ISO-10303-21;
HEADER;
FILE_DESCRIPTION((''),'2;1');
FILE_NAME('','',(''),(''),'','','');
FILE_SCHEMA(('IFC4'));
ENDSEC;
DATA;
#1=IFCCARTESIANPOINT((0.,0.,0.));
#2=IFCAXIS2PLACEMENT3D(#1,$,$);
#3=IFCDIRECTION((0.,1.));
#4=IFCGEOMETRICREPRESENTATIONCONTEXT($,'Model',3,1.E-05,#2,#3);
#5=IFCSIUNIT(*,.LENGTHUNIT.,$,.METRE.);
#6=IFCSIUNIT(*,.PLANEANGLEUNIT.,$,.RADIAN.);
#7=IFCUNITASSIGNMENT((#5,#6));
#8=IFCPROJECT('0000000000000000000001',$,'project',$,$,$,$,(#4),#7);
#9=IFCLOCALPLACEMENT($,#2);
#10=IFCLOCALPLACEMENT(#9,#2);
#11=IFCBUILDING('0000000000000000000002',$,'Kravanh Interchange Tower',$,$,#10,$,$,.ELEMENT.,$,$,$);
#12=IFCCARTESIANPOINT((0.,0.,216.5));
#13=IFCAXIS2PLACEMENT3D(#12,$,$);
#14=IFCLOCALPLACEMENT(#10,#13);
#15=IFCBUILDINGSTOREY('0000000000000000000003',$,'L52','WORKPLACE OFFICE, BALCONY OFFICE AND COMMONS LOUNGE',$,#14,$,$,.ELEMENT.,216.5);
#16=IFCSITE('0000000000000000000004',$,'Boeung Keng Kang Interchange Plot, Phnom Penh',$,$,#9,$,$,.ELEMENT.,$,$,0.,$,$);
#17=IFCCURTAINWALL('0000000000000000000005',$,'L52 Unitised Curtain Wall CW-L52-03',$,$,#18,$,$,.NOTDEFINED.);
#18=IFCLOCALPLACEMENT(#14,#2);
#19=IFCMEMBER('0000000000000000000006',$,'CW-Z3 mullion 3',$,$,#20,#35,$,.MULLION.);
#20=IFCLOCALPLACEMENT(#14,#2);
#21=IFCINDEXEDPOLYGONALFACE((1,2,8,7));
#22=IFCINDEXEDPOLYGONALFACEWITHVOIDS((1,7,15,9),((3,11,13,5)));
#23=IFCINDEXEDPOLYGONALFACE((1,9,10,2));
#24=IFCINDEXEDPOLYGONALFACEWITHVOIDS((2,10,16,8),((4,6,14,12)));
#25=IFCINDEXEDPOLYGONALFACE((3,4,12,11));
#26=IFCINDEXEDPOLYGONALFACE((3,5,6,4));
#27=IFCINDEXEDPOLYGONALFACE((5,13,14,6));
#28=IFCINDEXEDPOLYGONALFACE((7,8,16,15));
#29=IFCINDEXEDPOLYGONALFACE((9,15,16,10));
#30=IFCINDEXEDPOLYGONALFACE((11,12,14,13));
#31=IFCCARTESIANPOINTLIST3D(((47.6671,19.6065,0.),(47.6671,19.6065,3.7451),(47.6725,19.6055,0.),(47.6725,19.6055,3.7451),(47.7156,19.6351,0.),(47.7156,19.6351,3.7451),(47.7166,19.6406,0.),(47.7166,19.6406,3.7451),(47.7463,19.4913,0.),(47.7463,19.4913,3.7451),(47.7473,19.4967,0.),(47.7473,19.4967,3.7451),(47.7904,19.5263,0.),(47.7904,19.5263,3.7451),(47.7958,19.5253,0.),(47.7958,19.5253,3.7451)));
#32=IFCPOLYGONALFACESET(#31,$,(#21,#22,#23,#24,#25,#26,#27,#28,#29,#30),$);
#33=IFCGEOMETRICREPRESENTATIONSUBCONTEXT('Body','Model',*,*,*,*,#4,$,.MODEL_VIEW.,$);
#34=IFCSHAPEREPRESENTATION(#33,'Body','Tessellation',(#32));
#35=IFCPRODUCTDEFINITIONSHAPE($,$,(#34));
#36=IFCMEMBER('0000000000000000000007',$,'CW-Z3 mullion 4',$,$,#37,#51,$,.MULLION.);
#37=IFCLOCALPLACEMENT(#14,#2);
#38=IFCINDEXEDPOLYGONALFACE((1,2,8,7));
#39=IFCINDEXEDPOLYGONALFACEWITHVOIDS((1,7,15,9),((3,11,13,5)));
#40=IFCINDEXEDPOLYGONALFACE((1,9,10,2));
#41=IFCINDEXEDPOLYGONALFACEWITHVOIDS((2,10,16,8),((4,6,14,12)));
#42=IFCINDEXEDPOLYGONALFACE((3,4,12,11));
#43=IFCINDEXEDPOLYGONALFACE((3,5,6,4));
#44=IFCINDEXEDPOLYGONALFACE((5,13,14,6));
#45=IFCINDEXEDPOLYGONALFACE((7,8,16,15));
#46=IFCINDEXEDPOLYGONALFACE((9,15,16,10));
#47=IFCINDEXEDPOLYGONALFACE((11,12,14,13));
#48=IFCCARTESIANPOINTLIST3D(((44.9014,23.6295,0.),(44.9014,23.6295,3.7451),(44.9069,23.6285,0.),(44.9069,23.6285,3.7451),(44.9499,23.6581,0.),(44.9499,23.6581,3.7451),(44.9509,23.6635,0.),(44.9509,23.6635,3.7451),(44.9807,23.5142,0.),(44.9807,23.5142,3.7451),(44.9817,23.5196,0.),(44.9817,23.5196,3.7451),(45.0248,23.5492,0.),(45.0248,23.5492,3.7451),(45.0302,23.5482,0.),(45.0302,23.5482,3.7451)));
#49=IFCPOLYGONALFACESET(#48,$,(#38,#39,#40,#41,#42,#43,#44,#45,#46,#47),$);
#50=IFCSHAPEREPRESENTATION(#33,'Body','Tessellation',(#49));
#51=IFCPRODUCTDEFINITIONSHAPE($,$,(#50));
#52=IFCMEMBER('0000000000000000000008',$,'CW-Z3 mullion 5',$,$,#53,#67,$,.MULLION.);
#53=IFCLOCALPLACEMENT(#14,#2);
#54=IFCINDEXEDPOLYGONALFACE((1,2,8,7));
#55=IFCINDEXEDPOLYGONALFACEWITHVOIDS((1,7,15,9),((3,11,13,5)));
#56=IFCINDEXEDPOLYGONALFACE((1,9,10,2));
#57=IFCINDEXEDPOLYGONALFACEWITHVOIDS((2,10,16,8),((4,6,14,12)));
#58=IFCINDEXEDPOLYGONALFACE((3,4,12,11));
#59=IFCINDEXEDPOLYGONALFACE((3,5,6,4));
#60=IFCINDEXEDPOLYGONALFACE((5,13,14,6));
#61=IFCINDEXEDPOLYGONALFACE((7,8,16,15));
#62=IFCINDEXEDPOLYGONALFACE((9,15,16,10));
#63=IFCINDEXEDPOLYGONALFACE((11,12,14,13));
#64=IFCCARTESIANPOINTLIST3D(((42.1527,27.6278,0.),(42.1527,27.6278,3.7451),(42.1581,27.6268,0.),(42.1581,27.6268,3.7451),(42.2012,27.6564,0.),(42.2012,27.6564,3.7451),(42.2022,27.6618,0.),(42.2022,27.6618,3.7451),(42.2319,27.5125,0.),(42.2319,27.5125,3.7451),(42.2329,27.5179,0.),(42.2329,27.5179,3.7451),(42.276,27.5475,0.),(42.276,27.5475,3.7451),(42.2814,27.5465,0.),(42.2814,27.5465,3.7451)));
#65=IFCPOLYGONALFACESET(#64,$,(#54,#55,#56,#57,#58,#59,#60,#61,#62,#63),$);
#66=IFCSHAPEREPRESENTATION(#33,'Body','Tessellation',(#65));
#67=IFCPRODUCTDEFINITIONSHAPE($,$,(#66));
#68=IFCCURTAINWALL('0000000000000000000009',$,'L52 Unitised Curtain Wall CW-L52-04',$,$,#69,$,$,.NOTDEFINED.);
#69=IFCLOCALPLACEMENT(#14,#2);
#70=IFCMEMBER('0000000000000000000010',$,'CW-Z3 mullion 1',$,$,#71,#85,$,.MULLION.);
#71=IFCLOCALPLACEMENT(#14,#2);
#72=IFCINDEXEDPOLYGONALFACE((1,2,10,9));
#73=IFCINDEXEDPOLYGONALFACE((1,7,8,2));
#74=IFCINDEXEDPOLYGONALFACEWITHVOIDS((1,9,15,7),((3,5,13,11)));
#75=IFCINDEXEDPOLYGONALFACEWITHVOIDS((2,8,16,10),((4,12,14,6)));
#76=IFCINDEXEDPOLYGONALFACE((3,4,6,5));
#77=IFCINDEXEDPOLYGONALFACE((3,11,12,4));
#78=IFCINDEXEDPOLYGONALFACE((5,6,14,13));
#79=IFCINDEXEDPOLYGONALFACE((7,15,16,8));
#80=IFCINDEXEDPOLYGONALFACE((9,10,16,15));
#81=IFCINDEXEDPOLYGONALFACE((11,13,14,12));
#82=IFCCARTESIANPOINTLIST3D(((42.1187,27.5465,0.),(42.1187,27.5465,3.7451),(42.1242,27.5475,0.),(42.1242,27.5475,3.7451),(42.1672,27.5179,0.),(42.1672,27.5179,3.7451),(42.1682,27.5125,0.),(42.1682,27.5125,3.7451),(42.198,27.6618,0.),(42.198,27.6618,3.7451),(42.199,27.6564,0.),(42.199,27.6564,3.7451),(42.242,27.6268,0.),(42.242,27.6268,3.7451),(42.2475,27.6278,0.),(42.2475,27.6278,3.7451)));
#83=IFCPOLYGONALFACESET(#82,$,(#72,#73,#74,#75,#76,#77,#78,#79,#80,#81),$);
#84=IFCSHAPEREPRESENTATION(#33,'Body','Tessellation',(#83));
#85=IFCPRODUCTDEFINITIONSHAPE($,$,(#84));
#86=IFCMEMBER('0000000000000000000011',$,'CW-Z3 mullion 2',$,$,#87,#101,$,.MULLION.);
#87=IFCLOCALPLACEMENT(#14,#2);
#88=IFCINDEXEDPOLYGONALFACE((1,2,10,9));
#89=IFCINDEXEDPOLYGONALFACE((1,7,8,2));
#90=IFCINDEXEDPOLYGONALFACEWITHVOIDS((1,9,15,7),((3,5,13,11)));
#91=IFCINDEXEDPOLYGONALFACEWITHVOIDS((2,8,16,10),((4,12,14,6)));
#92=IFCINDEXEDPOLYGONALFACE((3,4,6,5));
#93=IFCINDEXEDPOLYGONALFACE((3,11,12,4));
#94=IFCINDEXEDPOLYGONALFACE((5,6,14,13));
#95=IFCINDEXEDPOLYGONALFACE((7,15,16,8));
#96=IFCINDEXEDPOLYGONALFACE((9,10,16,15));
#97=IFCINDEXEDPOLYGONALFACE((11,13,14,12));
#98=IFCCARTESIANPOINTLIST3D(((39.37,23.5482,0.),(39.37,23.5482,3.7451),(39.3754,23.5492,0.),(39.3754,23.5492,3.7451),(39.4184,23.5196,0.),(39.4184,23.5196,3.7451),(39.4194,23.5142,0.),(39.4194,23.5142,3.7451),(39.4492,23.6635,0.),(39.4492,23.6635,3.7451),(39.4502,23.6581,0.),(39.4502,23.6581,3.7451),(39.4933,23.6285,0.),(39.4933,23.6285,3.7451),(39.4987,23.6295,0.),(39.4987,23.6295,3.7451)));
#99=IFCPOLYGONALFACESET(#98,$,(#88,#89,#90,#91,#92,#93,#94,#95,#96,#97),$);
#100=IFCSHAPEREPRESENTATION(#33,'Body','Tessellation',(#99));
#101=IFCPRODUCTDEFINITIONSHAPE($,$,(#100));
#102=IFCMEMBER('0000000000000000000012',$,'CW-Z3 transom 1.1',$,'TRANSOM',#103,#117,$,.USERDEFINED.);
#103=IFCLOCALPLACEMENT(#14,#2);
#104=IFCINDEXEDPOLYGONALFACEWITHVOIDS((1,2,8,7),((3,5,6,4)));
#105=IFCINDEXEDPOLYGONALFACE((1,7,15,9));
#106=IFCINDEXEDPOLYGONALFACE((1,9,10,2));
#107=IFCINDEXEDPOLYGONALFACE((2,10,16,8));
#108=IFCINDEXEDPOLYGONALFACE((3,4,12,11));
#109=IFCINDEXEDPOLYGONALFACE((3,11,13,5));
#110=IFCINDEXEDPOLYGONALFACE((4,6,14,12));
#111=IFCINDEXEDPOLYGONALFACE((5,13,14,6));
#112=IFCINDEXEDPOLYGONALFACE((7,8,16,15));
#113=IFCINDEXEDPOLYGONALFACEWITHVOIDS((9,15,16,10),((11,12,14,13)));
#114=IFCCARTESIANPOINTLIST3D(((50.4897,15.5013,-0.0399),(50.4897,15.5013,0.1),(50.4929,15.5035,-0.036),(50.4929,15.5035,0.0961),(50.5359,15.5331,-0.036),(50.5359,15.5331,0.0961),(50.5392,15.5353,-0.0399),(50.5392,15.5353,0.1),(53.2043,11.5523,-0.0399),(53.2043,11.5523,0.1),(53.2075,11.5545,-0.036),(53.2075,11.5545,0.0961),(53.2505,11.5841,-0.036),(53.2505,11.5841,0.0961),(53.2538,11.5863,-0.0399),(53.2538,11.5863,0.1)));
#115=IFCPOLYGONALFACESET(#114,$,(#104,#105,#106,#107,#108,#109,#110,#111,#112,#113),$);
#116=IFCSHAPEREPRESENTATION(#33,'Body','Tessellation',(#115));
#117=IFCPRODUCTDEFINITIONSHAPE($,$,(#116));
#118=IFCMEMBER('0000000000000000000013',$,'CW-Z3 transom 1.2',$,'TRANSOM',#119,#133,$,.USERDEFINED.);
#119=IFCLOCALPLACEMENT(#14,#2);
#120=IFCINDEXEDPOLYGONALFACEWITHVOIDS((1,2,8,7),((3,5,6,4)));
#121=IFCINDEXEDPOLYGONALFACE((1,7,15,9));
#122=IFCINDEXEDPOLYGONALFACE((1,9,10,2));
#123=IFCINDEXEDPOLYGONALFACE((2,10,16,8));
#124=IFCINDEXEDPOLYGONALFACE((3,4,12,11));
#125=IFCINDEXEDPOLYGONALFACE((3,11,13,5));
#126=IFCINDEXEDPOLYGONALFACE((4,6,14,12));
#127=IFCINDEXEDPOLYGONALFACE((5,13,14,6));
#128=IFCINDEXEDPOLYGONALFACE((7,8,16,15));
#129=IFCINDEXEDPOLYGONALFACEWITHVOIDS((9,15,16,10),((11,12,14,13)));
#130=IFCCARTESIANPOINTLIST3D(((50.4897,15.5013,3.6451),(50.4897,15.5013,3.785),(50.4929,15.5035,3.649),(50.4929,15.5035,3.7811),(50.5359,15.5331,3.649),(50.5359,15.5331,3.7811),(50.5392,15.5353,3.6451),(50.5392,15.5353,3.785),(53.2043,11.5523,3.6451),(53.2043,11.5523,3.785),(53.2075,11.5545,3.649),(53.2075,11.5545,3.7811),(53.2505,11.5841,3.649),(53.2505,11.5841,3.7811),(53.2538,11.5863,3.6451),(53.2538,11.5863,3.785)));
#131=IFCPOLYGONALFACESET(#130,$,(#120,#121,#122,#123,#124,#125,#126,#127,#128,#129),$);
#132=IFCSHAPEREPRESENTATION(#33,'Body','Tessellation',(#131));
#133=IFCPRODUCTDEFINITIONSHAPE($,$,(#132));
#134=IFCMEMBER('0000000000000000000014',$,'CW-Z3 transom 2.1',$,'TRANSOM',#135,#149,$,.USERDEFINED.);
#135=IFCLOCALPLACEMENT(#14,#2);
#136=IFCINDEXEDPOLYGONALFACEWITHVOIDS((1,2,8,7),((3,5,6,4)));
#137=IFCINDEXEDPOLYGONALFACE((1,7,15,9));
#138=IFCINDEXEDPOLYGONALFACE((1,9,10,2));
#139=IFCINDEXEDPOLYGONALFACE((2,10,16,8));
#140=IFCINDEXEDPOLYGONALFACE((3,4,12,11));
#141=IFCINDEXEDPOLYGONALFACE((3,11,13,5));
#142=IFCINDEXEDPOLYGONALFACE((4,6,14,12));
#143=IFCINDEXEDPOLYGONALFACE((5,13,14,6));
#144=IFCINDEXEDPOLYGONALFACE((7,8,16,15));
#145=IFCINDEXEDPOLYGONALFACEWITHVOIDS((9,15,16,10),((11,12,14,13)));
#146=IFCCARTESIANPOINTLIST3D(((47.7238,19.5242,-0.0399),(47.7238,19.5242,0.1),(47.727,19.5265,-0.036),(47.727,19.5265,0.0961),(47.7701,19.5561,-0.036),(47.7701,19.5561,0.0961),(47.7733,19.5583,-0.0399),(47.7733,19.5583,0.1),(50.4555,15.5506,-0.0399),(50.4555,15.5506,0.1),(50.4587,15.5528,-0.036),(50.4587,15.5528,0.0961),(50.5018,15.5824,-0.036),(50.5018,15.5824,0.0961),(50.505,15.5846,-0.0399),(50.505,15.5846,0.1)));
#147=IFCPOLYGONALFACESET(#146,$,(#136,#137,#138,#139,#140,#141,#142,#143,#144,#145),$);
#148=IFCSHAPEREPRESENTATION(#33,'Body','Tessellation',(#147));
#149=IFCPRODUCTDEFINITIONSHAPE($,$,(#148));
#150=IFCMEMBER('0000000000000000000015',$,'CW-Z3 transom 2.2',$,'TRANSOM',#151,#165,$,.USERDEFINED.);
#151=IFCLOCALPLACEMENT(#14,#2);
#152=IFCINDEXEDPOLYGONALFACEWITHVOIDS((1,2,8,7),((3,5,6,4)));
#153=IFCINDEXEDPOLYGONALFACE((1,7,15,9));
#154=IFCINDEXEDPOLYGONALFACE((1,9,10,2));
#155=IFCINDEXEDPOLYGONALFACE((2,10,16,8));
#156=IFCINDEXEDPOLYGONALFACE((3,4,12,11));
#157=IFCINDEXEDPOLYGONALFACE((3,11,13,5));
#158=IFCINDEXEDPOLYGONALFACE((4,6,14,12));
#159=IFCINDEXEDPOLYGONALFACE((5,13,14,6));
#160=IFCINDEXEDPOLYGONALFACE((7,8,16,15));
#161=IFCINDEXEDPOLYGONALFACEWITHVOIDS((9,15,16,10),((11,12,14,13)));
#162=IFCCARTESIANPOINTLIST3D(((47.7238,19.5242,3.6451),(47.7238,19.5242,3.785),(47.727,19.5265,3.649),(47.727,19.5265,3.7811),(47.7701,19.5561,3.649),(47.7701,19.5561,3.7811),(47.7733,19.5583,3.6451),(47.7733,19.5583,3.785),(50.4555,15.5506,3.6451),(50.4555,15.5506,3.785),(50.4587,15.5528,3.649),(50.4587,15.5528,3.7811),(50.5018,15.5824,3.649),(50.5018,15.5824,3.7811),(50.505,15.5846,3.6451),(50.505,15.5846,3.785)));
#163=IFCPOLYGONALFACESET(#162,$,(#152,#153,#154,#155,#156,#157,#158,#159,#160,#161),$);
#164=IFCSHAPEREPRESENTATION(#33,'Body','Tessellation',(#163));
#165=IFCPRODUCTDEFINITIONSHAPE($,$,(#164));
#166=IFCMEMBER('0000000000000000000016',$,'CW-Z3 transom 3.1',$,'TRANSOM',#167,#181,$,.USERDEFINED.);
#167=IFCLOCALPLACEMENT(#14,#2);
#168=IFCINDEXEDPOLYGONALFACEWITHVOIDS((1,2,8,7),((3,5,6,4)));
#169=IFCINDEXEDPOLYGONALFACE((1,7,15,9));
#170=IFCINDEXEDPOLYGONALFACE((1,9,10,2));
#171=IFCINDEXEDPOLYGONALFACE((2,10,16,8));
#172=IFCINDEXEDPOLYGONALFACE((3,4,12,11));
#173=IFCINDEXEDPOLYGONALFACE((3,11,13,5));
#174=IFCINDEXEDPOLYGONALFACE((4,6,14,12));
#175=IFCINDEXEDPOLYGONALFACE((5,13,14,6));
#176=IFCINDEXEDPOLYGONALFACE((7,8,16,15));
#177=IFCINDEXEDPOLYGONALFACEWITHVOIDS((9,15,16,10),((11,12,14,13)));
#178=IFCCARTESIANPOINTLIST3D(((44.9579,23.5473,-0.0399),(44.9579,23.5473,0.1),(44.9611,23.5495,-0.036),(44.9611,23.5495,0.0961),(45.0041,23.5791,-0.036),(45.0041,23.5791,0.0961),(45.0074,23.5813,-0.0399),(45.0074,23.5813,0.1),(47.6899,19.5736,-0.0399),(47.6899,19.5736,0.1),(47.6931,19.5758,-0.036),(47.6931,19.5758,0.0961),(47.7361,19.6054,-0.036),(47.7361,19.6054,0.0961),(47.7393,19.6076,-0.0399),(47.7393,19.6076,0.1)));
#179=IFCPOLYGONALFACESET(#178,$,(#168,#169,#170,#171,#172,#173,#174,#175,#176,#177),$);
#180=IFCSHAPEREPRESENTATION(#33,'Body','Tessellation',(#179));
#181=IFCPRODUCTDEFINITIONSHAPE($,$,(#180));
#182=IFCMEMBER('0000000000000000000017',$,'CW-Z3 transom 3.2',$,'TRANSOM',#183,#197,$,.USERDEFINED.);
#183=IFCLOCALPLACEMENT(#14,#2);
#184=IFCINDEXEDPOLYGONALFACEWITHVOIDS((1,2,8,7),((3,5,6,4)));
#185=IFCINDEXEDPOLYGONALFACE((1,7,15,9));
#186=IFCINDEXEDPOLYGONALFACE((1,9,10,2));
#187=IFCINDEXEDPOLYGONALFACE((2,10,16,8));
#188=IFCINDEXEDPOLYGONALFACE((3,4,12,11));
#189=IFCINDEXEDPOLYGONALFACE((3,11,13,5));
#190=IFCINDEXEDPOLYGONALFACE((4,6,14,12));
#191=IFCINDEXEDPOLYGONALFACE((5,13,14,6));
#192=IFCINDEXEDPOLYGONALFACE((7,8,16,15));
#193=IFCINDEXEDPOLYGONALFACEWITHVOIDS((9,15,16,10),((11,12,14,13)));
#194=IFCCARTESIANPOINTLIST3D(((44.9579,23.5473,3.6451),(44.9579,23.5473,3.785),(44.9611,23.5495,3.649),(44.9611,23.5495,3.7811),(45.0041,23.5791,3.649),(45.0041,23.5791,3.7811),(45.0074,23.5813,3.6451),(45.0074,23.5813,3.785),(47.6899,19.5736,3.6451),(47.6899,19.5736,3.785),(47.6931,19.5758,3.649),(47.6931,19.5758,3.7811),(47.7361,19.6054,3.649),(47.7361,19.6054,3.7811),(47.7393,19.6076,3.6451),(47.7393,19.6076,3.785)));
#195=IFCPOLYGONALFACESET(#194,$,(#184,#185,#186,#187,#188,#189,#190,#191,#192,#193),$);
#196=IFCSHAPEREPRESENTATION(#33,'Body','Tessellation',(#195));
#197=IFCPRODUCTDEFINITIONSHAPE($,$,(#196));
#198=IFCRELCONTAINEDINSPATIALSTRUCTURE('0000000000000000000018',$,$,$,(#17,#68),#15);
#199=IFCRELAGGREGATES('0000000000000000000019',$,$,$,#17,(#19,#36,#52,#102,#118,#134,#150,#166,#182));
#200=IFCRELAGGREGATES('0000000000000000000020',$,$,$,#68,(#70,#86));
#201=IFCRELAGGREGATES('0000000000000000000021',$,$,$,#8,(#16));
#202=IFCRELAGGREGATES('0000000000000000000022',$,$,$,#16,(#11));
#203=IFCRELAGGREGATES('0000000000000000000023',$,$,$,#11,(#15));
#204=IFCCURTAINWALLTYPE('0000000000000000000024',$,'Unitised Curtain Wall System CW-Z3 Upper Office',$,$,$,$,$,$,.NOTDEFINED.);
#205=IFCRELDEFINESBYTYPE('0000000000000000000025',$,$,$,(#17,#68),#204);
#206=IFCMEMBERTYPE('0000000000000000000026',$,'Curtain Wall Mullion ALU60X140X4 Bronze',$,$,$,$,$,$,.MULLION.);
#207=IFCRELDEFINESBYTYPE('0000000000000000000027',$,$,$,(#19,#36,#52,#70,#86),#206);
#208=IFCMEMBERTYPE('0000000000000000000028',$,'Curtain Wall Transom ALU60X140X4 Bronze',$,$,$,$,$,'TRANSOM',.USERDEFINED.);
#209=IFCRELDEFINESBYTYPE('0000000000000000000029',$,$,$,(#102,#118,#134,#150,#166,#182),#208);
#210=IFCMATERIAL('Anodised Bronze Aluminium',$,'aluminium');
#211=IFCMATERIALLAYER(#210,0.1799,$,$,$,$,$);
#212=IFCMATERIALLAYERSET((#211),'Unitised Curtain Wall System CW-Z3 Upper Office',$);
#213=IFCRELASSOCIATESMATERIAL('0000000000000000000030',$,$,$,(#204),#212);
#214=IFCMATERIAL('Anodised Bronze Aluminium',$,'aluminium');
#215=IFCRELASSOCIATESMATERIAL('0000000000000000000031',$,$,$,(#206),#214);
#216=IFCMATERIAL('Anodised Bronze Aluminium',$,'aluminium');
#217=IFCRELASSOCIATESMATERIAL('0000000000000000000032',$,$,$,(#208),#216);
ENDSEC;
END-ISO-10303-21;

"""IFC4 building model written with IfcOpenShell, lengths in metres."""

from ifc_helpers import new_model, si_unit, direction, frame, origin, origin_2d, place, context, subcontext, project, spatial, hollow_rectangle, extrude, material, layer, layer_set, material_profile, profile_set, type_object, element, aggregate, save


model = new_model("IFC4")

# Units and contexts
model_context = context("Model", 3, precision=1e-05, world=origin(), true_north=direction((0.0, 1.0)))
body_context = subcontext(model_context, "Body", "Model", "MODEL_VIEW")
ifc_project = project(units=[si_unit("LENGTHUNIT", "METRE"), si_unit("PLANEANGLEUNIT", "RADIAN")], contexts=[model_context])

# Site, building, storey
site_placement = place(None, origin())
site = spatial("IfcSite", under=ifc_project, at=site_placement, Name="Boeung Keng Kang Interchange Plot, Phnom Penh", CompositionType="ELEMENT", RefElevation=0.0)
building_placement = place(site_placement, origin())
building = spatial("IfcBuilding", under=site, at=building_placement, Name="Kravanh Interchange Tower", CompositionType="ELEMENT")
storey_placement = place(building_placement, frame((0.0, 0.0, 216.5)))
storey = spatial("IfcBuildingStorey", under=building, at=storey_placement, Name="L52", Description="WORKPLACE OFFICE, BALCONY OFFICE AND COMMONS LOUNGE", CompositionType="ELEMENT", Elevation=216.5)

# Shared definitions
ifc_material_1 = material(Name="Anodised Bronze Aluminium", Category="aluminium")
ifc_layer_1 = layer(ifc_material_1, 0.1799)
ifc_layer_set_1 = layer_set([ifc_layer_1], Name="Unitised Curtain Wall System CW-Z3 Upper Office")
curtain_wall_type = type_object("IfcCurtainWallType", Name="Unitised Curtain Wall System CW-Z3 Upper Office", PredefinedType="NOTDEFINED", material=ifc_layer_set_1)
ifc_material_2 = material(Name="Anodised Bronze Aluminium", Category="aluminium")
ifc_material_profile_1 = material_profile(ifc_material_2, hollow_rectangle(XDim=0.0601, YDim=0.1399, WallThickness=0.0039, at=origin_2d()), Name="ALU60X140X4")
ifc_profile_set_1 = profile_set([ifc_material_profile_1], Name="Anodised Bronze Aluminium")
member_type_1 = type_object("IfcMemberType", Name="Curtain Wall Mullion ALU60X140X4 Bronze", PredefinedType="MULLION", material=ifc_profile_set_1)

# Curtain walls, members
curtain_wall_1_placement = place(storey_placement, origin())
curtain_wall_1 = element("IfcCurtainWall", 1, at=curtain_wall_1_placement, inside=storey, type_object=curtain_wall_type, Name="L52 Unitised Curtain Wall CW-L52-03", PredefinedType="NOTDEFINED")
member_1_placement = place(storey_placement, frame((47.7314, 19.5659, 0.0), z_axis=(0.0, 0.0, 1.0), x_axis=(-0.824042, -0.566528, 0.0)))
member_1 = element("IfcMember", 2, at=member_1_placement, type_object=member_type_1, Name="CW-Z3 mullion 3", PredefinedType="MULLION", context=body_context, shape_type="SweptSolid", body=[
    extrude(hollow_rectangle(XDim=0.0601, YDim=0.1399, WallThickness=0.0039, at=origin_2d()), origin(), (0.0, 0.0, 1.0), 3.7451),
])
member_2_placement = place(storey_placement, frame((44.9658, 23.5889, 0.0), z_axis=(0.0, 0.0, 1.0), x_axis=(-0.824042, -0.566528, 0.0)))
member_2 = element("IfcMember", 3, at=member_2_placement, type_object=member_type_1, Name="CW-Z3 mullion 4", PredefinedType="MULLION", context=body_context, shape_type="SweptSolid", body=[
    extrude(hollow_rectangle(XDim=0.0601, YDim=0.1399, WallThickness=0.0039, at=origin_2d()), origin(), (0.0, 0.0, 1.0), 3.7451),
])
member_3_placement = place(storey_placement, frame((42.217, 27.5872, 0.0), z_axis=(0.0, 0.0, 1.0), x_axis=(-0.824042, -0.566528, 0.0)))
member_3 = element("IfcMember", 4, at=member_3_placement, type_object=member_type_1, Name="CW-Z3 mullion 5", PredefinedType="MULLION", context=body_context, shape_type="SweptSolid", body=[
    extrude(hollow_rectangle(XDim=0.0601, YDim=0.1399, WallThickness=0.0039, at=origin_2d()), origin(), (0.0, 0.0, 1.0), 3.7451),
])
curtain_wall_2_placement = place(storey_placement, origin())
curtain_wall_2 = element("IfcCurtainWall", 5, at=curtain_wall_2_placement, inside=storey, type_object=curtain_wall_type, Name="L52 Unitised Curtain Wall CW-L52-04", PredefinedType="NOTDEFINED")
member_4_placement = place(storey_placement, frame((42.1831, 27.5872, 0.0), z_axis=(0.0, 0.0, 1.0), x_axis=(0.824042, -0.566528, 0.0)))
member_4 = element("IfcMember", 6, at=member_4_placement, type_object=member_type_1, Name="CW-Z3 mullion 1", PredefinedType="MULLION", context=body_context, shape_type="SweptSolid", body=[
    extrude(hollow_rectangle(XDim=0.0601, YDim=0.1399, WallThickness=0.0039, at=origin_2d()), origin(), (0.0, 0.0, 1.0), 3.7451),
])
member_5_placement = place(storey_placement, frame((39.4343, 23.5889, 0.0), z_axis=(0.0, 0.0, 1.0), x_axis=(0.824042, -0.566528, 0.0)))
member_5 = element("IfcMember", 7, at=member_5_placement, type_object=member_type_1, Name="CW-Z3 mullion 2", PredefinedType="MULLION", context=body_context, shape_type="SweptSolid", body=[
    extrude(hollow_rectangle(XDim=0.0601, YDim=0.1399, WallThickness=0.0039, at=origin_2d()), origin(), (0.0, 0.0, 1.0), 3.7451),
])

# Members
ifc_material_3 = material(Name="Anodised Bronze Aluminium", Category="aluminium")
ifc_material_profile_2 = material_profile(ifc_material_3, hollow_rectangle(XDim=0.0601, YDim=0.1399, WallThickness=0.0039, at=origin_2d()), Name="ALU60X140X4")
ifc_profile_set_2 = profile_set([ifc_material_profile_2], Name="Anodised Bronze Aluminium")
member_type_2 = type_object("IfcMemberType", Name="Curtain Wall Transom ALU60X140X4 Bronze", ElementType="TRANSOM", PredefinedType="USERDEFINED", material=ifc_profile_set_2)
member_6_placement = place(storey_placement, frame((53.229, 11.5693, 0.03), z_axis=(-0.566483, 0.824073, 0.0), x_axis=(-0.824073, -0.566483, 0.0)))
member_6 = element("IfcMember", 8, at=member_6_placement, type_object=member_type_2, Name="CW-Z3 transom 1.1", ObjectType="TRANSOM", PredefinedType="USERDEFINED", context=body_context, shape_type="SweptSolid", body=[
    extrude(hollow_rectangle(XDim=0.0601, YDim=0.1399, WallThickness=0.0039, at=origin_2d()), origin(), (0.0, 0.0, 1.0), 4.792),
])
member_7_placement = place(storey_placement, frame((53.229, 11.5693, 3.7151), z_axis=(-0.566483, 0.824073, 0.0), x_axis=(-0.824073, -0.566483, 0.0)))
member_7 = element("IfcMember", 9, at=member_7_placement, type_object=member_type_2, Name="CW-Z3 transom 1.2", ObjectType="TRANSOM", PredefinedType="USERDEFINED", context=body_context, shape_type="SweptSolid", body=[
    extrude(hollow_rectangle(XDim=0.0601, YDim=0.1399, WallThickness=0.0039, at=origin_2d()), origin(), (0.0, 0.0, 1.0), 4.792),
])
member_8_placement = place(storey_placement, frame((50.4802, 15.5676, 0.03), z_axis=(-0.566503, 0.82406, 0.0), x_axis=(-0.82406, -0.566503, 0.0)))
member_8 = element("IfcMember", 10, at=member_8_placement, type_object=member_type_2, Name="CW-Z3 transom 2.1", ObjectType="TRANSOM", PredefinedType="USERDEFINED", context=body_context, shape_type="SweptSolid", body=[
    extrude(hollow_rectangle(XDim=0.0601, YDim=0.1399, WallThickness=0.0039, at=origin_2d()), origin(), (0.0, 0.0, 1.0), 4.822),
])
member_9_placement = place(storey_placement, frame((50.4802, 15.5676, 3.7151), z_axis=(-0.566503, 0.82406, 0.0), x_axis=(-0.82406, -0.566503, 0.0)))
member_9 = element("IfcMember", 11, at=member_9_placement, type_object=member_type_2, Name="CW-Z3 transom 2.2", ObjectType="TRANSOM", PredefinedType="USERDEFINED", context=body_context, shape_type="SweptSolid", body=[
    extrude(hollow_rectangle(XDim=0.0601, YDim=0.1399, WallThickness=0.0039, at=origin_2d()), origin(), (0.0, 0.0, 1.0), 4.822),
])
member_10_placement = place(storey_placement, frame((47.7146, 19.5906, 0.03), z_axis=(-0.566537, 0.824036, 0.0), x_axis=(-0.824036, -0.566537, 0.0)))
member_10 = element("IfcMember", 12, at=member_10_placement, type_object=member_type_2, Name="CW-Z3 transom 3.1", ObjectType="TRANSOM", PredefinedType="USERDEFINED", context=body_context, shape_type="SweptSolid", body=[
    extrude(hollow_rectangle(XDim=0.0601, YDim=0.1399, WallThickness=0.0039, at=origin_2d()), origin(), (0.0, 0.0, 1.0), 4.8223),
])
member_11_placement = place(storey_placement, frame((47.7146, 19.5906, 3.7151), z_axis=(-0.566537, 0.824036, 0.0), x_axis=(-0.824036, -0.566537, 0.0)))
member_11 = element("IfcMember", 13, at=member_11_placement, type_object=member_type_2, Name="CW-Z3 transom 3.2", ObjectType="TRANSOM", PredefinedType="USERDEFINED", context=body_context, shape_type="SweptSolid", body=[
    extrude(hollow_rectangle(XDim=0.0601, YDim=0.1399, WallThickness=0.0039, at=origin_2d()), origin(), (0.0, 0.0, 1.0), 4.8223),
])

aggregate(curtain_wall_1, [member_1, member_2, member_3, member_6, member_7, member_8, member_9, member_10, member_11])
aggregate(curtain_wall_2, [member_4, member_5])

save(model, "model.ifc")
